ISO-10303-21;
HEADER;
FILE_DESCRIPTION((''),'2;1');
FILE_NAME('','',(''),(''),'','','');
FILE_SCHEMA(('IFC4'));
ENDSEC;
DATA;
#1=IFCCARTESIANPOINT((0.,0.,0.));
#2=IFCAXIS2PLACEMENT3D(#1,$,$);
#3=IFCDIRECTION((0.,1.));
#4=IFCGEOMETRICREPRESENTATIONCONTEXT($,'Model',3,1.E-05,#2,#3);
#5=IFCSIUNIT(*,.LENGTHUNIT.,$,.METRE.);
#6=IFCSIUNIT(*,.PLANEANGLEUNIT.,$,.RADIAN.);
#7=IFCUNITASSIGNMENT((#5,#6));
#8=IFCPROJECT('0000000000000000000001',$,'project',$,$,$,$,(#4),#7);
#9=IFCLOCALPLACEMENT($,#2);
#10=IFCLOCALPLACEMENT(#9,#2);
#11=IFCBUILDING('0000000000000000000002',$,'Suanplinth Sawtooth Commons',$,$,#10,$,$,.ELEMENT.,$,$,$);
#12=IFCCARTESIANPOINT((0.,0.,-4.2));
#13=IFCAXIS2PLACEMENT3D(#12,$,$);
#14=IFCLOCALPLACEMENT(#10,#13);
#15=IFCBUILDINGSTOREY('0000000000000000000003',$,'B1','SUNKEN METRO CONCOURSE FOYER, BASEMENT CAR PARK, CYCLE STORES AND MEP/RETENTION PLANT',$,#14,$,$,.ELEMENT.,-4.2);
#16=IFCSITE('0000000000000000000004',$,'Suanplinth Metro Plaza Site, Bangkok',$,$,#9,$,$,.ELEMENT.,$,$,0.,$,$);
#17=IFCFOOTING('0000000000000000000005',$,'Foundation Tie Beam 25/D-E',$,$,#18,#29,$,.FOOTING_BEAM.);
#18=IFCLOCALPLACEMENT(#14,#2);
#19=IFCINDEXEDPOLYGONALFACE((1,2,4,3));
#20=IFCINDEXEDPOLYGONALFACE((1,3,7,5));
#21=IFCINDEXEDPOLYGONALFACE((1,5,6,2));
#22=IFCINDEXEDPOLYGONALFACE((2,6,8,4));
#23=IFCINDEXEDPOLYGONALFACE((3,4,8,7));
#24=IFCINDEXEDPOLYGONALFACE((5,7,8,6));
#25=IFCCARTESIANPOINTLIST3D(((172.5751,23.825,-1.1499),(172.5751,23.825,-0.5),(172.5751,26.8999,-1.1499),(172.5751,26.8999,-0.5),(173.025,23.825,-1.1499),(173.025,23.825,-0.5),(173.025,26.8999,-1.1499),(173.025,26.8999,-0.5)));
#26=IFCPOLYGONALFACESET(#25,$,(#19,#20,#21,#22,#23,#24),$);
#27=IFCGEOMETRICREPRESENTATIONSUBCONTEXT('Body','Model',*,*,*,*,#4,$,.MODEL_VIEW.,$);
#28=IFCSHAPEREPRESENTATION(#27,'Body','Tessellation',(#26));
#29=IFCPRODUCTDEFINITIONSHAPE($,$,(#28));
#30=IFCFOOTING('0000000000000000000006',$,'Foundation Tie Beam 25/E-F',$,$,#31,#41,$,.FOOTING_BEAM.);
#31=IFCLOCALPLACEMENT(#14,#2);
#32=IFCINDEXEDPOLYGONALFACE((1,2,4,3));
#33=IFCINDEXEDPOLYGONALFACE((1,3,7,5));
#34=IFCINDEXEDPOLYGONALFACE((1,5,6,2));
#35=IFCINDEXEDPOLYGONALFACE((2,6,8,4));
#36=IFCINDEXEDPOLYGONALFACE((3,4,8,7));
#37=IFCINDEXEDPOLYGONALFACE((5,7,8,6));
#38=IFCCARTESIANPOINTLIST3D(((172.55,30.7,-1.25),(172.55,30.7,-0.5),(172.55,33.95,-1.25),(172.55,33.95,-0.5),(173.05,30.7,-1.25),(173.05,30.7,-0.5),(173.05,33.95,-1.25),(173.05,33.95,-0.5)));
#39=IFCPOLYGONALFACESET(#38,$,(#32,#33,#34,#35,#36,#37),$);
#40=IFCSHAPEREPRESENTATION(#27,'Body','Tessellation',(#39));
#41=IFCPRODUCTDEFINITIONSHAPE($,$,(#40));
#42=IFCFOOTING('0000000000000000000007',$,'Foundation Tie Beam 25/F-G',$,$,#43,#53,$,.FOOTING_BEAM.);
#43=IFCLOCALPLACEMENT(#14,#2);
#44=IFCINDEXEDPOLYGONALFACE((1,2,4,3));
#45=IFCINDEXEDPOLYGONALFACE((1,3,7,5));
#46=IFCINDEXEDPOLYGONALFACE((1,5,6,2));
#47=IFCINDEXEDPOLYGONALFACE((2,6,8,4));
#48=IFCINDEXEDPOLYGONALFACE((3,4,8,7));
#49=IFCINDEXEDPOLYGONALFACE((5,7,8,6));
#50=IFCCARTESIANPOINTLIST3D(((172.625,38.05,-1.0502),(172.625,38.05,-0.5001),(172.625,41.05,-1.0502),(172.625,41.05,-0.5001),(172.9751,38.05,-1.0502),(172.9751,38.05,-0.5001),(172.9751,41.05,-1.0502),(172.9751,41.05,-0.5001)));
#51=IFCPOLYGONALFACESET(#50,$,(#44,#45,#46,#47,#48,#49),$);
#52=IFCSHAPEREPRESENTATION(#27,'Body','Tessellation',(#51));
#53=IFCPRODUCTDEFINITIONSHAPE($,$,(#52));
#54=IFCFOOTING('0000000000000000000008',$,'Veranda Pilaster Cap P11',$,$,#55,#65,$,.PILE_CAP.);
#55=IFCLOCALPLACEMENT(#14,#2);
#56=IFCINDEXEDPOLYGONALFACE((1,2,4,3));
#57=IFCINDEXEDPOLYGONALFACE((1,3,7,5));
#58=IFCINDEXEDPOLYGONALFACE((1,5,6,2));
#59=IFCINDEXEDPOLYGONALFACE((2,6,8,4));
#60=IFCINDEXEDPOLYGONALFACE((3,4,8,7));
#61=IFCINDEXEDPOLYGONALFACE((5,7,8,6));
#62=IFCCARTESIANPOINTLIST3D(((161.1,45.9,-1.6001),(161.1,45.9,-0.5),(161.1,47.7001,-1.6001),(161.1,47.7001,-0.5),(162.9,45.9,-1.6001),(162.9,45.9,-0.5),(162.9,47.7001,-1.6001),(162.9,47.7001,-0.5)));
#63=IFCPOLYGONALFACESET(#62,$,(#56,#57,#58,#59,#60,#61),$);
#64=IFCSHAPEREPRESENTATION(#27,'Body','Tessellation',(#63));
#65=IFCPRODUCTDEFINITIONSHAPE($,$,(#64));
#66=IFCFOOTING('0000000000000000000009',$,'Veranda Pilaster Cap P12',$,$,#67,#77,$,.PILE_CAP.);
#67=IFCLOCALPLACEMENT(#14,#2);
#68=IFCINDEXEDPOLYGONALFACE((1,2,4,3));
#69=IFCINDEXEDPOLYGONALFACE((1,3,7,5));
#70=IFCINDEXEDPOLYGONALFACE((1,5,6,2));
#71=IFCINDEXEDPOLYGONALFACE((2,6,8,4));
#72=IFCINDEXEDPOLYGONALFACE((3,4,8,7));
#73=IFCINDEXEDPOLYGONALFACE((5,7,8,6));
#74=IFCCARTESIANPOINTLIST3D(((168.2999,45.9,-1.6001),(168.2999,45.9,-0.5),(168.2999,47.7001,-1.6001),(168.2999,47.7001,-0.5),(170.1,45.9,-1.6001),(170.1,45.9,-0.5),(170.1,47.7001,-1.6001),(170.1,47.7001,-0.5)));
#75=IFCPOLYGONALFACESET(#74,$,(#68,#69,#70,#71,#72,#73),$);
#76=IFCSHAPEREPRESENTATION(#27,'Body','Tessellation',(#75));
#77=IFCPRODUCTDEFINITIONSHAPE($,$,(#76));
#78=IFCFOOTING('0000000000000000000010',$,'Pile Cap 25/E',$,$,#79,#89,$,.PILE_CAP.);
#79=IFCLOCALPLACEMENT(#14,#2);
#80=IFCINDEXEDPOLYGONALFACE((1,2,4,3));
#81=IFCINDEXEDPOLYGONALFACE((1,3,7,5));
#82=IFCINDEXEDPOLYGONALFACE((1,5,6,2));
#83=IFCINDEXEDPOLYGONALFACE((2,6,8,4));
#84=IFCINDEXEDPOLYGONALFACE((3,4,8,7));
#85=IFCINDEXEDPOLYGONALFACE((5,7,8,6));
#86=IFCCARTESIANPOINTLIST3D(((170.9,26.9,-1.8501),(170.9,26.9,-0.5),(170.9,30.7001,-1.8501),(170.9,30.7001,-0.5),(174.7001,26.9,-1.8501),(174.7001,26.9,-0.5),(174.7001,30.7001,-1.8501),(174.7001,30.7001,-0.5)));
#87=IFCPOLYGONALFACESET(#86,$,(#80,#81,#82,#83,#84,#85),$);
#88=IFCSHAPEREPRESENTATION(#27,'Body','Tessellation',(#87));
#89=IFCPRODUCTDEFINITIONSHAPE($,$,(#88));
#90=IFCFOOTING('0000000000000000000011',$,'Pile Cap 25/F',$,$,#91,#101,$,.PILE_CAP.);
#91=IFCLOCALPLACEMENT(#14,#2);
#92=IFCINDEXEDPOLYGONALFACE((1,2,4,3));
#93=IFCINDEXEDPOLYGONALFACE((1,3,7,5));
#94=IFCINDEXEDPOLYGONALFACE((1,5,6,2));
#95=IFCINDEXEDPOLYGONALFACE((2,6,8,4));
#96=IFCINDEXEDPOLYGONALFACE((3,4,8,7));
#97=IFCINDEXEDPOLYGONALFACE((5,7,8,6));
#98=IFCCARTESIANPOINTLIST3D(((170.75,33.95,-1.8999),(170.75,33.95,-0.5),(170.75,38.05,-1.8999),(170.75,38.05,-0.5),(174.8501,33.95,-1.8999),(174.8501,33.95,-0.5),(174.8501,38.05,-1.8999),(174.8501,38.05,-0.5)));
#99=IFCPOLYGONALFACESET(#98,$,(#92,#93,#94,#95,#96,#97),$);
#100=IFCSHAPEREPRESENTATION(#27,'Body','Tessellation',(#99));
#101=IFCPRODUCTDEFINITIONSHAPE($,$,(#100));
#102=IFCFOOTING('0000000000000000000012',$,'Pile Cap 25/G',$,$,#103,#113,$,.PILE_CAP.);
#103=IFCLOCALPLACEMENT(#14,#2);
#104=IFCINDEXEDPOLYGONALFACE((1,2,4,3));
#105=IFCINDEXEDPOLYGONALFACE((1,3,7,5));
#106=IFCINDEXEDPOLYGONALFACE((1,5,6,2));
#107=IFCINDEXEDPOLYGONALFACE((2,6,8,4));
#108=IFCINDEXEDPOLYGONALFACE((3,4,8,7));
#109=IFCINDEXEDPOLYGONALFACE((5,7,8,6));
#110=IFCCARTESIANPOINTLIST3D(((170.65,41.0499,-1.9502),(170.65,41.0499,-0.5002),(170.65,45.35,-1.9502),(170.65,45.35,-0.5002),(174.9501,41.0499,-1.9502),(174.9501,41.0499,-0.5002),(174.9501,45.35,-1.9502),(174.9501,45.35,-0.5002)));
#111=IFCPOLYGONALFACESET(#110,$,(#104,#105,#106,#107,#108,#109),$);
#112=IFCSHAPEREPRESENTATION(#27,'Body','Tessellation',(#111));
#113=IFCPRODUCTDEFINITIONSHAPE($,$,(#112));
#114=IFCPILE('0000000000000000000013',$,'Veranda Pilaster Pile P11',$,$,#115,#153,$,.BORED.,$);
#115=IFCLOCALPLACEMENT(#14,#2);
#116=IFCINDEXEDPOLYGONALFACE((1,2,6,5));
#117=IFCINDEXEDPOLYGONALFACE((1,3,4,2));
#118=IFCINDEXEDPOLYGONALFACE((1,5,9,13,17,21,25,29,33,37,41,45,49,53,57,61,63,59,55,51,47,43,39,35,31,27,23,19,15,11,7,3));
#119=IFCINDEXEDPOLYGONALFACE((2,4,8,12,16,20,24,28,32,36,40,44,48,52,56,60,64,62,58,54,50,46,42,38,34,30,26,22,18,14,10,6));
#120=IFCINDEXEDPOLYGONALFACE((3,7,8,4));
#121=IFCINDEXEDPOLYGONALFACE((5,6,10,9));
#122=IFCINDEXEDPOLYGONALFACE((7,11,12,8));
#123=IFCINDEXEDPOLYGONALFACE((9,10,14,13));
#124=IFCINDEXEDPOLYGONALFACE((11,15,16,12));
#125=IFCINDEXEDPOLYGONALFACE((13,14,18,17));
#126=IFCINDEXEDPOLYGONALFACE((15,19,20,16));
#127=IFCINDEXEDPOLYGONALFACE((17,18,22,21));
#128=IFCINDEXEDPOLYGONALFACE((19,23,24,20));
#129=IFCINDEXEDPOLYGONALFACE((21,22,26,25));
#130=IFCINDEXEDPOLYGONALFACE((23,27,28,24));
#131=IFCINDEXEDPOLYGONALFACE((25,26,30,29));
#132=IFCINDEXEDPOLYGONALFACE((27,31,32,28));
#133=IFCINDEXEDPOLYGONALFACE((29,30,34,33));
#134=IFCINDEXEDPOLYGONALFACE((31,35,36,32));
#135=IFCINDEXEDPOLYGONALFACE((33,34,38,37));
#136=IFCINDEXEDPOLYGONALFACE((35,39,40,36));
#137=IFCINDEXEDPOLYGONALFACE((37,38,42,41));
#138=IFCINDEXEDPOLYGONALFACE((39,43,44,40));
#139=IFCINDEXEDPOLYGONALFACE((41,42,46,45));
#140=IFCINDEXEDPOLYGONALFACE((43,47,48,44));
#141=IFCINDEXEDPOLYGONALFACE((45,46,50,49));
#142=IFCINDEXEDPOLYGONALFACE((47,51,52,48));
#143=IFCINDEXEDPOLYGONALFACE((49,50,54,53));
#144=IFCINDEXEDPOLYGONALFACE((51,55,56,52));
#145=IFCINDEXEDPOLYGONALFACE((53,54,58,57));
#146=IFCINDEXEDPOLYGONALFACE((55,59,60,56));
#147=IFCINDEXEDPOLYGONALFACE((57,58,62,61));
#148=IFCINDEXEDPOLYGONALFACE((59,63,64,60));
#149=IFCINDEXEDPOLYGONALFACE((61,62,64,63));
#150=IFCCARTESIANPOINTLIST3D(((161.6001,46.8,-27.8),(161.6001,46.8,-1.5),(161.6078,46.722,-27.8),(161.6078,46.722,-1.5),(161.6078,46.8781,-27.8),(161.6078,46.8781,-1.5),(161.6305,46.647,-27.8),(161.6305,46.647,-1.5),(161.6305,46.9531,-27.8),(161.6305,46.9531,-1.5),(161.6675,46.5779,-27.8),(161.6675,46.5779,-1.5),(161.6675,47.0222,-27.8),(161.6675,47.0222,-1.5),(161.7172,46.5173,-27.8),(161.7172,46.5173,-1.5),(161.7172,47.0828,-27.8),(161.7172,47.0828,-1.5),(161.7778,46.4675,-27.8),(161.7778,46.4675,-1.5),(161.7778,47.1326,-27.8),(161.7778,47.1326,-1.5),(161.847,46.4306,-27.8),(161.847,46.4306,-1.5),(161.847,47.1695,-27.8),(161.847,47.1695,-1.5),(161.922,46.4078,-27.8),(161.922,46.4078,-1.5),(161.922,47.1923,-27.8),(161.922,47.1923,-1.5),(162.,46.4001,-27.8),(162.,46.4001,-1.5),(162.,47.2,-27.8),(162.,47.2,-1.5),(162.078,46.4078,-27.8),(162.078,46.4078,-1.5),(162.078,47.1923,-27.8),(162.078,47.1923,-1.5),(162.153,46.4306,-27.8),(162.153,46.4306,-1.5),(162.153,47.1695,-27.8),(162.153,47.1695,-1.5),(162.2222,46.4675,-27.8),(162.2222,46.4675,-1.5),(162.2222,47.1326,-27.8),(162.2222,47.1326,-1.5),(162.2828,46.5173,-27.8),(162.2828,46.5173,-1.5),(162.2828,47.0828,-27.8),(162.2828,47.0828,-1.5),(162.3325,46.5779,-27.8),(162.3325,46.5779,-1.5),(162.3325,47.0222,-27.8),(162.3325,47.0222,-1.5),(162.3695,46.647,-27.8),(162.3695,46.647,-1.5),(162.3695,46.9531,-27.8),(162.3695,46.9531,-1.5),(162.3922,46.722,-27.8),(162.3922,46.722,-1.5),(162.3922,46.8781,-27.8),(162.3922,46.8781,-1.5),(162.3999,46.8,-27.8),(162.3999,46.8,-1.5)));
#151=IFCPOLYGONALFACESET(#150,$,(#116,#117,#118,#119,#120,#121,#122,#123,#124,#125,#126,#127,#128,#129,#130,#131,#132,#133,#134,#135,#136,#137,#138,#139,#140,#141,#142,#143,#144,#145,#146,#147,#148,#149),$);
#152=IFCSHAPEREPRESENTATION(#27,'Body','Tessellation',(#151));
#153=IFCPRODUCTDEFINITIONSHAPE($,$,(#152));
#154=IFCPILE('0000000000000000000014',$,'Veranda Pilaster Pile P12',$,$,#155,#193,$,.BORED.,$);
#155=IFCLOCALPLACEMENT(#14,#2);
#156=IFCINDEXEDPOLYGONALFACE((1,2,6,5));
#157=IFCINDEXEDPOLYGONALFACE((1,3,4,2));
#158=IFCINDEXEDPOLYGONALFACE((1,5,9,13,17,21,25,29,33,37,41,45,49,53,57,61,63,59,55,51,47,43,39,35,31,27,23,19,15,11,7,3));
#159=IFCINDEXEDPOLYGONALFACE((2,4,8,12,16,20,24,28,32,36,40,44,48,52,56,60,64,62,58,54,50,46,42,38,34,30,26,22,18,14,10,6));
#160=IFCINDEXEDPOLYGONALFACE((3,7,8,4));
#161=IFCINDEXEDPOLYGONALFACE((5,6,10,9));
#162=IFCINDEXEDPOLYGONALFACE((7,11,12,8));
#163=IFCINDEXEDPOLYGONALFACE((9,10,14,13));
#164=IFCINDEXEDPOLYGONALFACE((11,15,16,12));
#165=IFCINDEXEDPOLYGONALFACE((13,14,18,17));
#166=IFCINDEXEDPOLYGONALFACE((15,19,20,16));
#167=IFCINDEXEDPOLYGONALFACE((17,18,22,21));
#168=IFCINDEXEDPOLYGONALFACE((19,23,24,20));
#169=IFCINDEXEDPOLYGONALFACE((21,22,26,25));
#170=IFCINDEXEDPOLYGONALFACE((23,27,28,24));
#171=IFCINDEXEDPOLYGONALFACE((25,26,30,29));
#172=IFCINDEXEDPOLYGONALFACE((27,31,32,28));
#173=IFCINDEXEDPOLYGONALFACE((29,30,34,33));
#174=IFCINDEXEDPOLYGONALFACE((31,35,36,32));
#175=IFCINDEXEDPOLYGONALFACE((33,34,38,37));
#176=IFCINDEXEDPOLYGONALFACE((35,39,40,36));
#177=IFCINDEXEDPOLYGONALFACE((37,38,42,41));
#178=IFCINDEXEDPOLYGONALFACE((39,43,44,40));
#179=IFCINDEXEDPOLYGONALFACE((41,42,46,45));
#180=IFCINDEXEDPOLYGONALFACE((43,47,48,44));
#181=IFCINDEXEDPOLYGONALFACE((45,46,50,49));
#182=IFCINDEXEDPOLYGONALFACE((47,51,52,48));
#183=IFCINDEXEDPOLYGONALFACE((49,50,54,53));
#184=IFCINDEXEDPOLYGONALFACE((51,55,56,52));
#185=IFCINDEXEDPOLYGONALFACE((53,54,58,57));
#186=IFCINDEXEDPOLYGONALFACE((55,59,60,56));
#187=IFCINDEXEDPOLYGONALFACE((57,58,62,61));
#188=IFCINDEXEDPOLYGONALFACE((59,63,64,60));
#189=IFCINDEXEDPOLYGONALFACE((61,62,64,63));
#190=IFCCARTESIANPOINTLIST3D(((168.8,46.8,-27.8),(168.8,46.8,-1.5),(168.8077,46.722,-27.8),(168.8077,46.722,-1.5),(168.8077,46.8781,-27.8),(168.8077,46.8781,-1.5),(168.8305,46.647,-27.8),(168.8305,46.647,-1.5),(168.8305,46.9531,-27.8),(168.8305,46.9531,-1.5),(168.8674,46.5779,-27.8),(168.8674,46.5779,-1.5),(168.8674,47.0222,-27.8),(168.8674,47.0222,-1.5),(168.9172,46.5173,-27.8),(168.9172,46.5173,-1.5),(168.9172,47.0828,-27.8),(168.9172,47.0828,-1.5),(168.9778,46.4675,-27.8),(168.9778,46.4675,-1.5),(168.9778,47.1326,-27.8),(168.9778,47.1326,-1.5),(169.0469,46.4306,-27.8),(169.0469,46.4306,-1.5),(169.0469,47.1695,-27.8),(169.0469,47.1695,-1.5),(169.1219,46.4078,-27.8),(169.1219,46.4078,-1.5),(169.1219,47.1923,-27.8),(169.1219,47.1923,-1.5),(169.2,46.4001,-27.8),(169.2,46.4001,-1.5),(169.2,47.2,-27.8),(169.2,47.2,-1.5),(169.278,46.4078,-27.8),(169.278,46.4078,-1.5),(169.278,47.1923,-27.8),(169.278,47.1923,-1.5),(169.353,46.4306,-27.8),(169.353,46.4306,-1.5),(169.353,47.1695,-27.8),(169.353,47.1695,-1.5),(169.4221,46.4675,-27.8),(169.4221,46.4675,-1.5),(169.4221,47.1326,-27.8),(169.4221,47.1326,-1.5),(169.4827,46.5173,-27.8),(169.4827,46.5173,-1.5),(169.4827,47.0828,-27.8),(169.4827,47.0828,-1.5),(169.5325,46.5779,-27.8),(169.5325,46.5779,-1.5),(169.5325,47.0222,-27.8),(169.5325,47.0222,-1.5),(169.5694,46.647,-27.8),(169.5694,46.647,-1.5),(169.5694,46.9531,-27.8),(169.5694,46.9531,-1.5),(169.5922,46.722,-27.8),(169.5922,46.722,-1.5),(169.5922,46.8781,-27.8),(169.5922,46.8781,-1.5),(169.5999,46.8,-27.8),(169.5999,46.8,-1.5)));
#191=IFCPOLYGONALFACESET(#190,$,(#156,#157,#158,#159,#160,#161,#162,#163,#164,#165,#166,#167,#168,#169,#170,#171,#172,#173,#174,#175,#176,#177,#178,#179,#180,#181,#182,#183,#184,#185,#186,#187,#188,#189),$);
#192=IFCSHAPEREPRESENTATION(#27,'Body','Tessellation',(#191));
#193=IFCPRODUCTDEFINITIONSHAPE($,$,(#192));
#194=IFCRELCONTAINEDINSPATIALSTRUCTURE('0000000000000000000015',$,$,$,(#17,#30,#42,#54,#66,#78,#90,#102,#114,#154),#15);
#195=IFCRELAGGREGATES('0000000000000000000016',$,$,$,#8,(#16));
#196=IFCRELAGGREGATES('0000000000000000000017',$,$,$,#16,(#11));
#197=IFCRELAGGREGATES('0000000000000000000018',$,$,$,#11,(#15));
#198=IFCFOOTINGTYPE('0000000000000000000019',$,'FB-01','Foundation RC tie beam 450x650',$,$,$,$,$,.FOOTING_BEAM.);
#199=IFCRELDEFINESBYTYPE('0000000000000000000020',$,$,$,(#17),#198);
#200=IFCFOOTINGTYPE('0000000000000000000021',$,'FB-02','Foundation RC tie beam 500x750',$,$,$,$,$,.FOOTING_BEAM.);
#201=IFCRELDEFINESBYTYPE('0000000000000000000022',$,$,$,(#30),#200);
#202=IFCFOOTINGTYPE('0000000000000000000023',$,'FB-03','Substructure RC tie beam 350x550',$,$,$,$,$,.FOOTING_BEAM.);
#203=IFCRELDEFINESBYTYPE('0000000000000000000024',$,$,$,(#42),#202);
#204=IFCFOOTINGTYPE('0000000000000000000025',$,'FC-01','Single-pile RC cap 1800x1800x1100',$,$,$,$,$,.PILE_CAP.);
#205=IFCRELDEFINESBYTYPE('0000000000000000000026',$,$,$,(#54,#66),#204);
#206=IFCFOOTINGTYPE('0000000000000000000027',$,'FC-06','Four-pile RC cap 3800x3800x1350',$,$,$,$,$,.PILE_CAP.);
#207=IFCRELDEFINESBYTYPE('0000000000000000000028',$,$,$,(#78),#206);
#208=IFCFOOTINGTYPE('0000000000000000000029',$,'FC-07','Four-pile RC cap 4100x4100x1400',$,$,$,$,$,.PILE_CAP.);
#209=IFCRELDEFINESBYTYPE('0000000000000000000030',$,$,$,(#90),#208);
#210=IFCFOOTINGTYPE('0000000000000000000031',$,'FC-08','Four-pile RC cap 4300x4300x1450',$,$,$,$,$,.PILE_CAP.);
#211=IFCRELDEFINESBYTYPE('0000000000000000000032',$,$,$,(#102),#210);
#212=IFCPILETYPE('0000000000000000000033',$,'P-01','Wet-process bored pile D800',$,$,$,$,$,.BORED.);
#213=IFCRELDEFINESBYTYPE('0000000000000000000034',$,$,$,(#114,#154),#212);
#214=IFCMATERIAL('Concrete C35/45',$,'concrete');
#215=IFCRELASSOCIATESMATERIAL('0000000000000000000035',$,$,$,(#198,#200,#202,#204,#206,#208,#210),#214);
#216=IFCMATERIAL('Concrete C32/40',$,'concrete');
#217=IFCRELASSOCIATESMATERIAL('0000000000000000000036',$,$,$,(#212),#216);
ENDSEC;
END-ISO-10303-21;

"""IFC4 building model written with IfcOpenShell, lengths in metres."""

from ifc_helpers import new_model, si_unit, direction, frame, origin, origin_2d, place, context, subcontext, project, spatial, rectangle, circle, extrude, material, material_profile, profile_set, type_object, element, save


model = new_model("IFC4")

# Units and contexts
model_context = context("Model", 3, precision=1e-05, world=origin(), true_north=direction((0.0, 1.0)))
body_context = subcontext(model_context, "Body", "Model", "MODEL_VIEW")
ifc_project = project(units=[si_unit("LENGTHUNIT", "METRE"), si_unit("PLANEANGLEUNIT", "RADIAN")], contexts=[model_context])

# Site, building, storey
site_placement = place(None, origin())
site = spatial("IfcSite", under=ifc_project, at=site_placement, Name="Suanplinth Metro Plaza Site, Bangkok", CompositionType="ELEMENT", RefElevation=0.0)
building_placement = place(site_placement, origin())
building = spatial("IfcBuilding", under=site, at=building_placement, Name="Suanplinth Sawtooth Commons", CompositionType="ELEMENT")
storey_placement = place(building_placement, frame((0.0, 0.0, -4.2)))
storey = spatial("IfcBuildingStorey", under=building, at=storey_placement, Name="B1", Description="SUNKEN METRO CONCOURSE FOYER, BASEMENT CAR PARK, CYCLE STORES AND MEP/RETENTION PLANT", CompositionType="ELEMENT", Elevation=-4.2)

# Footings
ifc_material_1 = material(Name="Concrete C35/45", Category="concrete")
ifc_material_profile_1 = material_profile(ifc_material_1, rectangle(XDim=0.45, YDim=0.6499, at=origin_2d()), Name="PC-GDR 450x650")
ifc_profile_set_1 = profile_set([ifc_material_profile_1], Name="Concrete C35/45")
footing_type_1 = type_object("IfcFootingType", Name="FB-01", Description="Foundation RC tie beam 450x650", PredefinedType="FOOTING_BEAM", material=ifc_profile_set_1)
footing_1_placement = place(storey_placement, frame((172.8, 23.825, -0.825), z_axis=(0.0, 1.0, 0.0), x_axis=(-1.0, 0.0, 0.0)))
element("IfcFooting", 1, at=footing_1_placement, inside=storey, type_object=footing_type_1, Name="Foundation Tie Beam 25/D-E", PredefinedType="FOOTING_BEAM", context=body_context, shape_type="SweptSolid", body=[
    extrude(rectangle(XDim=0.45, YDim=0.6499, at=origin_2d()), origin(), (0.0, 0.0, 1.0), 3.075),
])
ifc_material_profile_2 = material_profile(ifc_material_1, rectangle(XDim=0.5, YDim=0.75, at=origin_2d()), Name="RC-GDR 500x750")
ifc_profile_set_2 = profile_set([ifc_material_profile_2], Name="Concrete C35/45")
footing_type_2 = type_object("IfcFootingType", Name="FB-02", Description="Foundation RC tie beam 500x750", PredefinedType="FOOTING_BEAM", material=ifc_profile_set_2)
footing_2_placement = place(storey_placement, frame((172.8, 30.7, -0.875), z_axis=(0.0, 1.0, 0.0), x_axis=(-1.0, 0.0, 0.0)))
element("IfcFooting", 2, at=footing_2_placement, inside=storey, type_object=footing_type_2, Name="Foundation Tie Beam 25/E-F", PredefinedType="FOOTING_BEAM", context=body_context, shape_type="SweptSolid", body=[
    extrude(rectangle(XDim=0.5, YDim=0.75, at=origin_2d()), origin(), (0.0, 0.0, 1.0), 3.25),
])
ifc_material_profile_3 = material_profile(ifc_material_1, rectangle(XDim=0.3501, YDim=0.55, at=origin_2d()), Name="PC-BM 350x550")
ifc_profile_set_3 = profile_set([ifc_material_profile_3], Name="Concrete C35/45")
footing_type_3 = type_object("IfcFootingType", Name="FB-03", Description="Substructure RC tie beam 350x550", PredefinedType="FOOTING_BEAM", material=ifc_profile_set_3)
footing_3_placement = place(storey_placement, frame((172.8, 38.05, -0.7751), z_axis=(0.0, 1.0, 0.0), x_axis=(-1.0, 0.0, 0.0)))
element("IfcFooting", 3, at=footing_3_placement, inside=storey, type_object=footing_type_3, Name="Foundation Tie Beam 25/F-G", PredefinedType="FOOTING_BEAM", context=body_context, shape_type="SweptSolid", body=[
    extrude(rectangle(XDim=0.3501, YDim=0.55, at=origin_2d()), origin(), (0.0, 0.0, 1.0), 3.0),
])
footing_type_4 = type_object("IfcFootingType", Name="FC-01", Description="Single-pile RC cap 1800x1800x1100", PredefinedType="PILE_CAP", material=ifc_material_1)
for number, where, z_axis, x_axis, name in (
    (4, (162.0, 46.8, -1.6001), (0.0, 0.0, 1.0), (1.0, 0.0, 0.0), "Veranda Pilaster Cap P11"),
    (5, (169.2, 46.8, -1.6001), (0.0, 0.0, 1.0), (1.0, 0.0, 0.0), "Veranda Pilaster Cap P12"),
):
    element("IfcFooting", number, at=place(storey_placement, frame(where, z_axis=z_axis, x_axis=x_axis)), inside=storey, type_object=footing_type_4, Name=name, PredefinedType="PILE_CAP", context=body_context, shape_type="SweptSolid", body=[
        extrude(rectangle(XDim=1.8, YDim=1.8, at=origin_2d()), origin(), (0.0, 0.0, 1.0), 1.1001),
    ])
footing_type_5 = type_object("IfcFootingType", Name="FC-06", Description="Four-pile RC cap 3800x3800x1350", PredefinedType="PILE_CAP", material=ifc_material_1)
footing_4_placement = place(storey_placement, frame((172.8, 28.8, -1.8501), z_axis=(0.0, 0.0, 1.0), x_axis=(1.0, 0.0, 0.0)))
element("IfcFooting", 6, at=footing_4_placement, inside=storey, type_object=footing_type_5, Name="Pile Cap 25/E", PredefinedType="PILE_CAP", context=body_context, shape_type="SweptSolid", body=[
    extrude(rectangle(XDim=3.8, YDim=3.8, at=origin_2d()), origin(), (0.0, 0.0, 1.0), 1.3501),
])
footing_type_6 = type_object("IfcFootingType", Name="FC-07", Description="Four-pile RC cap 4100x4100x1400", PredefinedType="PILE_CAP", material=ifc_material_1)
footing_5_placement = place(storey_placement, frame((172.8, 36.0, -1.8999), z_axis=(0.0, 0.0, 1.0), x_axis=(1.0, 0.0, 0.0)))
element("IfcFooting", 7, at=footing_5_placement, inside=storey, type_object=footing_type_6, Name="Pile Cap 25/F", PredefinedType="PILE_CAP", context=body_context, shape_type="SweptSolid", body=[
    extrude(rectangle(XDim=4.1001, YDim=4.1001, at=origin_2d()), origin(), (0.0, 0.0, 1.0), 1.3999),
])
footing_type_7 = type_object("IfcFootingType", Name="FC-08", Description="Four-pile RC cap 4300x4300x1450", PredefinedType="PILE_CAP", material=ifc_material_1)
footing_6_placement = place(storey_placement, frame((172.8, 43.2, -1.9502), z_axis=(0.0, 0.0, 1.0), x_axis=(1.0, 0.0, 0.0)))
element("IfcFooting", 8, at=footing_6_placement, inside=storey, type_object=footing_type_7, Name="Pile Cap 25/G", PredefinedType="PILE_CAP", context=body_context, shape_type="SweptSolid", body=[
    extrude(rectangle(XDim=4.3, YDim=4.3, at=origin_2d()), origin(), (0.0, 0.0, 1.0), 1.45),
])

# Piles
ifc_material_2 = material(Name="Concrete C32/40", Category="concrete")
ifc_material_profile_4 = material_profile(ifc_material_2, circle(Radius=0.3999, at=origin_2d()), Name="PILE D800")
ifc_profile_set_4 = profile_set([ifc_material_profile_4], Name="Concrete C32/40")
pile_type_1 = type_object("IfcPileType", Name="P-01", Description="Wet-process bored pile D800", PredefinedType="BORED", material=ifc_profile_set_4)
for number, where, z_axis, x_axis, name in (
    (9, (162.0, 46.8, -1.5), (0.0, 0.0, -1.0), (1.0, 0.0, 0.0), "Veranda Pilaster Pile P11"),
    (10, (169.2, 46.8, -1.5), (0.0, 0.0, -1.0), (1.0, 0.0, 0.0), "Veranda Pilaster Pile P12"),
):
    element("IfcPile", number, at=place(storey_placement, frame(where, z_axis=z_axis, x_axis=x_axis)), inside=storey, type_object=pile_type_1, Name=name, PredefinedType="BORED", context=body_context, shape_type="SweptSolid", body=[
        extrude(circle(Radius=0.3999, at=origin_2d()), origin(), (0.0, 0.0, 1.0), 26.3),
    ])

save(model, "model.ifc")
